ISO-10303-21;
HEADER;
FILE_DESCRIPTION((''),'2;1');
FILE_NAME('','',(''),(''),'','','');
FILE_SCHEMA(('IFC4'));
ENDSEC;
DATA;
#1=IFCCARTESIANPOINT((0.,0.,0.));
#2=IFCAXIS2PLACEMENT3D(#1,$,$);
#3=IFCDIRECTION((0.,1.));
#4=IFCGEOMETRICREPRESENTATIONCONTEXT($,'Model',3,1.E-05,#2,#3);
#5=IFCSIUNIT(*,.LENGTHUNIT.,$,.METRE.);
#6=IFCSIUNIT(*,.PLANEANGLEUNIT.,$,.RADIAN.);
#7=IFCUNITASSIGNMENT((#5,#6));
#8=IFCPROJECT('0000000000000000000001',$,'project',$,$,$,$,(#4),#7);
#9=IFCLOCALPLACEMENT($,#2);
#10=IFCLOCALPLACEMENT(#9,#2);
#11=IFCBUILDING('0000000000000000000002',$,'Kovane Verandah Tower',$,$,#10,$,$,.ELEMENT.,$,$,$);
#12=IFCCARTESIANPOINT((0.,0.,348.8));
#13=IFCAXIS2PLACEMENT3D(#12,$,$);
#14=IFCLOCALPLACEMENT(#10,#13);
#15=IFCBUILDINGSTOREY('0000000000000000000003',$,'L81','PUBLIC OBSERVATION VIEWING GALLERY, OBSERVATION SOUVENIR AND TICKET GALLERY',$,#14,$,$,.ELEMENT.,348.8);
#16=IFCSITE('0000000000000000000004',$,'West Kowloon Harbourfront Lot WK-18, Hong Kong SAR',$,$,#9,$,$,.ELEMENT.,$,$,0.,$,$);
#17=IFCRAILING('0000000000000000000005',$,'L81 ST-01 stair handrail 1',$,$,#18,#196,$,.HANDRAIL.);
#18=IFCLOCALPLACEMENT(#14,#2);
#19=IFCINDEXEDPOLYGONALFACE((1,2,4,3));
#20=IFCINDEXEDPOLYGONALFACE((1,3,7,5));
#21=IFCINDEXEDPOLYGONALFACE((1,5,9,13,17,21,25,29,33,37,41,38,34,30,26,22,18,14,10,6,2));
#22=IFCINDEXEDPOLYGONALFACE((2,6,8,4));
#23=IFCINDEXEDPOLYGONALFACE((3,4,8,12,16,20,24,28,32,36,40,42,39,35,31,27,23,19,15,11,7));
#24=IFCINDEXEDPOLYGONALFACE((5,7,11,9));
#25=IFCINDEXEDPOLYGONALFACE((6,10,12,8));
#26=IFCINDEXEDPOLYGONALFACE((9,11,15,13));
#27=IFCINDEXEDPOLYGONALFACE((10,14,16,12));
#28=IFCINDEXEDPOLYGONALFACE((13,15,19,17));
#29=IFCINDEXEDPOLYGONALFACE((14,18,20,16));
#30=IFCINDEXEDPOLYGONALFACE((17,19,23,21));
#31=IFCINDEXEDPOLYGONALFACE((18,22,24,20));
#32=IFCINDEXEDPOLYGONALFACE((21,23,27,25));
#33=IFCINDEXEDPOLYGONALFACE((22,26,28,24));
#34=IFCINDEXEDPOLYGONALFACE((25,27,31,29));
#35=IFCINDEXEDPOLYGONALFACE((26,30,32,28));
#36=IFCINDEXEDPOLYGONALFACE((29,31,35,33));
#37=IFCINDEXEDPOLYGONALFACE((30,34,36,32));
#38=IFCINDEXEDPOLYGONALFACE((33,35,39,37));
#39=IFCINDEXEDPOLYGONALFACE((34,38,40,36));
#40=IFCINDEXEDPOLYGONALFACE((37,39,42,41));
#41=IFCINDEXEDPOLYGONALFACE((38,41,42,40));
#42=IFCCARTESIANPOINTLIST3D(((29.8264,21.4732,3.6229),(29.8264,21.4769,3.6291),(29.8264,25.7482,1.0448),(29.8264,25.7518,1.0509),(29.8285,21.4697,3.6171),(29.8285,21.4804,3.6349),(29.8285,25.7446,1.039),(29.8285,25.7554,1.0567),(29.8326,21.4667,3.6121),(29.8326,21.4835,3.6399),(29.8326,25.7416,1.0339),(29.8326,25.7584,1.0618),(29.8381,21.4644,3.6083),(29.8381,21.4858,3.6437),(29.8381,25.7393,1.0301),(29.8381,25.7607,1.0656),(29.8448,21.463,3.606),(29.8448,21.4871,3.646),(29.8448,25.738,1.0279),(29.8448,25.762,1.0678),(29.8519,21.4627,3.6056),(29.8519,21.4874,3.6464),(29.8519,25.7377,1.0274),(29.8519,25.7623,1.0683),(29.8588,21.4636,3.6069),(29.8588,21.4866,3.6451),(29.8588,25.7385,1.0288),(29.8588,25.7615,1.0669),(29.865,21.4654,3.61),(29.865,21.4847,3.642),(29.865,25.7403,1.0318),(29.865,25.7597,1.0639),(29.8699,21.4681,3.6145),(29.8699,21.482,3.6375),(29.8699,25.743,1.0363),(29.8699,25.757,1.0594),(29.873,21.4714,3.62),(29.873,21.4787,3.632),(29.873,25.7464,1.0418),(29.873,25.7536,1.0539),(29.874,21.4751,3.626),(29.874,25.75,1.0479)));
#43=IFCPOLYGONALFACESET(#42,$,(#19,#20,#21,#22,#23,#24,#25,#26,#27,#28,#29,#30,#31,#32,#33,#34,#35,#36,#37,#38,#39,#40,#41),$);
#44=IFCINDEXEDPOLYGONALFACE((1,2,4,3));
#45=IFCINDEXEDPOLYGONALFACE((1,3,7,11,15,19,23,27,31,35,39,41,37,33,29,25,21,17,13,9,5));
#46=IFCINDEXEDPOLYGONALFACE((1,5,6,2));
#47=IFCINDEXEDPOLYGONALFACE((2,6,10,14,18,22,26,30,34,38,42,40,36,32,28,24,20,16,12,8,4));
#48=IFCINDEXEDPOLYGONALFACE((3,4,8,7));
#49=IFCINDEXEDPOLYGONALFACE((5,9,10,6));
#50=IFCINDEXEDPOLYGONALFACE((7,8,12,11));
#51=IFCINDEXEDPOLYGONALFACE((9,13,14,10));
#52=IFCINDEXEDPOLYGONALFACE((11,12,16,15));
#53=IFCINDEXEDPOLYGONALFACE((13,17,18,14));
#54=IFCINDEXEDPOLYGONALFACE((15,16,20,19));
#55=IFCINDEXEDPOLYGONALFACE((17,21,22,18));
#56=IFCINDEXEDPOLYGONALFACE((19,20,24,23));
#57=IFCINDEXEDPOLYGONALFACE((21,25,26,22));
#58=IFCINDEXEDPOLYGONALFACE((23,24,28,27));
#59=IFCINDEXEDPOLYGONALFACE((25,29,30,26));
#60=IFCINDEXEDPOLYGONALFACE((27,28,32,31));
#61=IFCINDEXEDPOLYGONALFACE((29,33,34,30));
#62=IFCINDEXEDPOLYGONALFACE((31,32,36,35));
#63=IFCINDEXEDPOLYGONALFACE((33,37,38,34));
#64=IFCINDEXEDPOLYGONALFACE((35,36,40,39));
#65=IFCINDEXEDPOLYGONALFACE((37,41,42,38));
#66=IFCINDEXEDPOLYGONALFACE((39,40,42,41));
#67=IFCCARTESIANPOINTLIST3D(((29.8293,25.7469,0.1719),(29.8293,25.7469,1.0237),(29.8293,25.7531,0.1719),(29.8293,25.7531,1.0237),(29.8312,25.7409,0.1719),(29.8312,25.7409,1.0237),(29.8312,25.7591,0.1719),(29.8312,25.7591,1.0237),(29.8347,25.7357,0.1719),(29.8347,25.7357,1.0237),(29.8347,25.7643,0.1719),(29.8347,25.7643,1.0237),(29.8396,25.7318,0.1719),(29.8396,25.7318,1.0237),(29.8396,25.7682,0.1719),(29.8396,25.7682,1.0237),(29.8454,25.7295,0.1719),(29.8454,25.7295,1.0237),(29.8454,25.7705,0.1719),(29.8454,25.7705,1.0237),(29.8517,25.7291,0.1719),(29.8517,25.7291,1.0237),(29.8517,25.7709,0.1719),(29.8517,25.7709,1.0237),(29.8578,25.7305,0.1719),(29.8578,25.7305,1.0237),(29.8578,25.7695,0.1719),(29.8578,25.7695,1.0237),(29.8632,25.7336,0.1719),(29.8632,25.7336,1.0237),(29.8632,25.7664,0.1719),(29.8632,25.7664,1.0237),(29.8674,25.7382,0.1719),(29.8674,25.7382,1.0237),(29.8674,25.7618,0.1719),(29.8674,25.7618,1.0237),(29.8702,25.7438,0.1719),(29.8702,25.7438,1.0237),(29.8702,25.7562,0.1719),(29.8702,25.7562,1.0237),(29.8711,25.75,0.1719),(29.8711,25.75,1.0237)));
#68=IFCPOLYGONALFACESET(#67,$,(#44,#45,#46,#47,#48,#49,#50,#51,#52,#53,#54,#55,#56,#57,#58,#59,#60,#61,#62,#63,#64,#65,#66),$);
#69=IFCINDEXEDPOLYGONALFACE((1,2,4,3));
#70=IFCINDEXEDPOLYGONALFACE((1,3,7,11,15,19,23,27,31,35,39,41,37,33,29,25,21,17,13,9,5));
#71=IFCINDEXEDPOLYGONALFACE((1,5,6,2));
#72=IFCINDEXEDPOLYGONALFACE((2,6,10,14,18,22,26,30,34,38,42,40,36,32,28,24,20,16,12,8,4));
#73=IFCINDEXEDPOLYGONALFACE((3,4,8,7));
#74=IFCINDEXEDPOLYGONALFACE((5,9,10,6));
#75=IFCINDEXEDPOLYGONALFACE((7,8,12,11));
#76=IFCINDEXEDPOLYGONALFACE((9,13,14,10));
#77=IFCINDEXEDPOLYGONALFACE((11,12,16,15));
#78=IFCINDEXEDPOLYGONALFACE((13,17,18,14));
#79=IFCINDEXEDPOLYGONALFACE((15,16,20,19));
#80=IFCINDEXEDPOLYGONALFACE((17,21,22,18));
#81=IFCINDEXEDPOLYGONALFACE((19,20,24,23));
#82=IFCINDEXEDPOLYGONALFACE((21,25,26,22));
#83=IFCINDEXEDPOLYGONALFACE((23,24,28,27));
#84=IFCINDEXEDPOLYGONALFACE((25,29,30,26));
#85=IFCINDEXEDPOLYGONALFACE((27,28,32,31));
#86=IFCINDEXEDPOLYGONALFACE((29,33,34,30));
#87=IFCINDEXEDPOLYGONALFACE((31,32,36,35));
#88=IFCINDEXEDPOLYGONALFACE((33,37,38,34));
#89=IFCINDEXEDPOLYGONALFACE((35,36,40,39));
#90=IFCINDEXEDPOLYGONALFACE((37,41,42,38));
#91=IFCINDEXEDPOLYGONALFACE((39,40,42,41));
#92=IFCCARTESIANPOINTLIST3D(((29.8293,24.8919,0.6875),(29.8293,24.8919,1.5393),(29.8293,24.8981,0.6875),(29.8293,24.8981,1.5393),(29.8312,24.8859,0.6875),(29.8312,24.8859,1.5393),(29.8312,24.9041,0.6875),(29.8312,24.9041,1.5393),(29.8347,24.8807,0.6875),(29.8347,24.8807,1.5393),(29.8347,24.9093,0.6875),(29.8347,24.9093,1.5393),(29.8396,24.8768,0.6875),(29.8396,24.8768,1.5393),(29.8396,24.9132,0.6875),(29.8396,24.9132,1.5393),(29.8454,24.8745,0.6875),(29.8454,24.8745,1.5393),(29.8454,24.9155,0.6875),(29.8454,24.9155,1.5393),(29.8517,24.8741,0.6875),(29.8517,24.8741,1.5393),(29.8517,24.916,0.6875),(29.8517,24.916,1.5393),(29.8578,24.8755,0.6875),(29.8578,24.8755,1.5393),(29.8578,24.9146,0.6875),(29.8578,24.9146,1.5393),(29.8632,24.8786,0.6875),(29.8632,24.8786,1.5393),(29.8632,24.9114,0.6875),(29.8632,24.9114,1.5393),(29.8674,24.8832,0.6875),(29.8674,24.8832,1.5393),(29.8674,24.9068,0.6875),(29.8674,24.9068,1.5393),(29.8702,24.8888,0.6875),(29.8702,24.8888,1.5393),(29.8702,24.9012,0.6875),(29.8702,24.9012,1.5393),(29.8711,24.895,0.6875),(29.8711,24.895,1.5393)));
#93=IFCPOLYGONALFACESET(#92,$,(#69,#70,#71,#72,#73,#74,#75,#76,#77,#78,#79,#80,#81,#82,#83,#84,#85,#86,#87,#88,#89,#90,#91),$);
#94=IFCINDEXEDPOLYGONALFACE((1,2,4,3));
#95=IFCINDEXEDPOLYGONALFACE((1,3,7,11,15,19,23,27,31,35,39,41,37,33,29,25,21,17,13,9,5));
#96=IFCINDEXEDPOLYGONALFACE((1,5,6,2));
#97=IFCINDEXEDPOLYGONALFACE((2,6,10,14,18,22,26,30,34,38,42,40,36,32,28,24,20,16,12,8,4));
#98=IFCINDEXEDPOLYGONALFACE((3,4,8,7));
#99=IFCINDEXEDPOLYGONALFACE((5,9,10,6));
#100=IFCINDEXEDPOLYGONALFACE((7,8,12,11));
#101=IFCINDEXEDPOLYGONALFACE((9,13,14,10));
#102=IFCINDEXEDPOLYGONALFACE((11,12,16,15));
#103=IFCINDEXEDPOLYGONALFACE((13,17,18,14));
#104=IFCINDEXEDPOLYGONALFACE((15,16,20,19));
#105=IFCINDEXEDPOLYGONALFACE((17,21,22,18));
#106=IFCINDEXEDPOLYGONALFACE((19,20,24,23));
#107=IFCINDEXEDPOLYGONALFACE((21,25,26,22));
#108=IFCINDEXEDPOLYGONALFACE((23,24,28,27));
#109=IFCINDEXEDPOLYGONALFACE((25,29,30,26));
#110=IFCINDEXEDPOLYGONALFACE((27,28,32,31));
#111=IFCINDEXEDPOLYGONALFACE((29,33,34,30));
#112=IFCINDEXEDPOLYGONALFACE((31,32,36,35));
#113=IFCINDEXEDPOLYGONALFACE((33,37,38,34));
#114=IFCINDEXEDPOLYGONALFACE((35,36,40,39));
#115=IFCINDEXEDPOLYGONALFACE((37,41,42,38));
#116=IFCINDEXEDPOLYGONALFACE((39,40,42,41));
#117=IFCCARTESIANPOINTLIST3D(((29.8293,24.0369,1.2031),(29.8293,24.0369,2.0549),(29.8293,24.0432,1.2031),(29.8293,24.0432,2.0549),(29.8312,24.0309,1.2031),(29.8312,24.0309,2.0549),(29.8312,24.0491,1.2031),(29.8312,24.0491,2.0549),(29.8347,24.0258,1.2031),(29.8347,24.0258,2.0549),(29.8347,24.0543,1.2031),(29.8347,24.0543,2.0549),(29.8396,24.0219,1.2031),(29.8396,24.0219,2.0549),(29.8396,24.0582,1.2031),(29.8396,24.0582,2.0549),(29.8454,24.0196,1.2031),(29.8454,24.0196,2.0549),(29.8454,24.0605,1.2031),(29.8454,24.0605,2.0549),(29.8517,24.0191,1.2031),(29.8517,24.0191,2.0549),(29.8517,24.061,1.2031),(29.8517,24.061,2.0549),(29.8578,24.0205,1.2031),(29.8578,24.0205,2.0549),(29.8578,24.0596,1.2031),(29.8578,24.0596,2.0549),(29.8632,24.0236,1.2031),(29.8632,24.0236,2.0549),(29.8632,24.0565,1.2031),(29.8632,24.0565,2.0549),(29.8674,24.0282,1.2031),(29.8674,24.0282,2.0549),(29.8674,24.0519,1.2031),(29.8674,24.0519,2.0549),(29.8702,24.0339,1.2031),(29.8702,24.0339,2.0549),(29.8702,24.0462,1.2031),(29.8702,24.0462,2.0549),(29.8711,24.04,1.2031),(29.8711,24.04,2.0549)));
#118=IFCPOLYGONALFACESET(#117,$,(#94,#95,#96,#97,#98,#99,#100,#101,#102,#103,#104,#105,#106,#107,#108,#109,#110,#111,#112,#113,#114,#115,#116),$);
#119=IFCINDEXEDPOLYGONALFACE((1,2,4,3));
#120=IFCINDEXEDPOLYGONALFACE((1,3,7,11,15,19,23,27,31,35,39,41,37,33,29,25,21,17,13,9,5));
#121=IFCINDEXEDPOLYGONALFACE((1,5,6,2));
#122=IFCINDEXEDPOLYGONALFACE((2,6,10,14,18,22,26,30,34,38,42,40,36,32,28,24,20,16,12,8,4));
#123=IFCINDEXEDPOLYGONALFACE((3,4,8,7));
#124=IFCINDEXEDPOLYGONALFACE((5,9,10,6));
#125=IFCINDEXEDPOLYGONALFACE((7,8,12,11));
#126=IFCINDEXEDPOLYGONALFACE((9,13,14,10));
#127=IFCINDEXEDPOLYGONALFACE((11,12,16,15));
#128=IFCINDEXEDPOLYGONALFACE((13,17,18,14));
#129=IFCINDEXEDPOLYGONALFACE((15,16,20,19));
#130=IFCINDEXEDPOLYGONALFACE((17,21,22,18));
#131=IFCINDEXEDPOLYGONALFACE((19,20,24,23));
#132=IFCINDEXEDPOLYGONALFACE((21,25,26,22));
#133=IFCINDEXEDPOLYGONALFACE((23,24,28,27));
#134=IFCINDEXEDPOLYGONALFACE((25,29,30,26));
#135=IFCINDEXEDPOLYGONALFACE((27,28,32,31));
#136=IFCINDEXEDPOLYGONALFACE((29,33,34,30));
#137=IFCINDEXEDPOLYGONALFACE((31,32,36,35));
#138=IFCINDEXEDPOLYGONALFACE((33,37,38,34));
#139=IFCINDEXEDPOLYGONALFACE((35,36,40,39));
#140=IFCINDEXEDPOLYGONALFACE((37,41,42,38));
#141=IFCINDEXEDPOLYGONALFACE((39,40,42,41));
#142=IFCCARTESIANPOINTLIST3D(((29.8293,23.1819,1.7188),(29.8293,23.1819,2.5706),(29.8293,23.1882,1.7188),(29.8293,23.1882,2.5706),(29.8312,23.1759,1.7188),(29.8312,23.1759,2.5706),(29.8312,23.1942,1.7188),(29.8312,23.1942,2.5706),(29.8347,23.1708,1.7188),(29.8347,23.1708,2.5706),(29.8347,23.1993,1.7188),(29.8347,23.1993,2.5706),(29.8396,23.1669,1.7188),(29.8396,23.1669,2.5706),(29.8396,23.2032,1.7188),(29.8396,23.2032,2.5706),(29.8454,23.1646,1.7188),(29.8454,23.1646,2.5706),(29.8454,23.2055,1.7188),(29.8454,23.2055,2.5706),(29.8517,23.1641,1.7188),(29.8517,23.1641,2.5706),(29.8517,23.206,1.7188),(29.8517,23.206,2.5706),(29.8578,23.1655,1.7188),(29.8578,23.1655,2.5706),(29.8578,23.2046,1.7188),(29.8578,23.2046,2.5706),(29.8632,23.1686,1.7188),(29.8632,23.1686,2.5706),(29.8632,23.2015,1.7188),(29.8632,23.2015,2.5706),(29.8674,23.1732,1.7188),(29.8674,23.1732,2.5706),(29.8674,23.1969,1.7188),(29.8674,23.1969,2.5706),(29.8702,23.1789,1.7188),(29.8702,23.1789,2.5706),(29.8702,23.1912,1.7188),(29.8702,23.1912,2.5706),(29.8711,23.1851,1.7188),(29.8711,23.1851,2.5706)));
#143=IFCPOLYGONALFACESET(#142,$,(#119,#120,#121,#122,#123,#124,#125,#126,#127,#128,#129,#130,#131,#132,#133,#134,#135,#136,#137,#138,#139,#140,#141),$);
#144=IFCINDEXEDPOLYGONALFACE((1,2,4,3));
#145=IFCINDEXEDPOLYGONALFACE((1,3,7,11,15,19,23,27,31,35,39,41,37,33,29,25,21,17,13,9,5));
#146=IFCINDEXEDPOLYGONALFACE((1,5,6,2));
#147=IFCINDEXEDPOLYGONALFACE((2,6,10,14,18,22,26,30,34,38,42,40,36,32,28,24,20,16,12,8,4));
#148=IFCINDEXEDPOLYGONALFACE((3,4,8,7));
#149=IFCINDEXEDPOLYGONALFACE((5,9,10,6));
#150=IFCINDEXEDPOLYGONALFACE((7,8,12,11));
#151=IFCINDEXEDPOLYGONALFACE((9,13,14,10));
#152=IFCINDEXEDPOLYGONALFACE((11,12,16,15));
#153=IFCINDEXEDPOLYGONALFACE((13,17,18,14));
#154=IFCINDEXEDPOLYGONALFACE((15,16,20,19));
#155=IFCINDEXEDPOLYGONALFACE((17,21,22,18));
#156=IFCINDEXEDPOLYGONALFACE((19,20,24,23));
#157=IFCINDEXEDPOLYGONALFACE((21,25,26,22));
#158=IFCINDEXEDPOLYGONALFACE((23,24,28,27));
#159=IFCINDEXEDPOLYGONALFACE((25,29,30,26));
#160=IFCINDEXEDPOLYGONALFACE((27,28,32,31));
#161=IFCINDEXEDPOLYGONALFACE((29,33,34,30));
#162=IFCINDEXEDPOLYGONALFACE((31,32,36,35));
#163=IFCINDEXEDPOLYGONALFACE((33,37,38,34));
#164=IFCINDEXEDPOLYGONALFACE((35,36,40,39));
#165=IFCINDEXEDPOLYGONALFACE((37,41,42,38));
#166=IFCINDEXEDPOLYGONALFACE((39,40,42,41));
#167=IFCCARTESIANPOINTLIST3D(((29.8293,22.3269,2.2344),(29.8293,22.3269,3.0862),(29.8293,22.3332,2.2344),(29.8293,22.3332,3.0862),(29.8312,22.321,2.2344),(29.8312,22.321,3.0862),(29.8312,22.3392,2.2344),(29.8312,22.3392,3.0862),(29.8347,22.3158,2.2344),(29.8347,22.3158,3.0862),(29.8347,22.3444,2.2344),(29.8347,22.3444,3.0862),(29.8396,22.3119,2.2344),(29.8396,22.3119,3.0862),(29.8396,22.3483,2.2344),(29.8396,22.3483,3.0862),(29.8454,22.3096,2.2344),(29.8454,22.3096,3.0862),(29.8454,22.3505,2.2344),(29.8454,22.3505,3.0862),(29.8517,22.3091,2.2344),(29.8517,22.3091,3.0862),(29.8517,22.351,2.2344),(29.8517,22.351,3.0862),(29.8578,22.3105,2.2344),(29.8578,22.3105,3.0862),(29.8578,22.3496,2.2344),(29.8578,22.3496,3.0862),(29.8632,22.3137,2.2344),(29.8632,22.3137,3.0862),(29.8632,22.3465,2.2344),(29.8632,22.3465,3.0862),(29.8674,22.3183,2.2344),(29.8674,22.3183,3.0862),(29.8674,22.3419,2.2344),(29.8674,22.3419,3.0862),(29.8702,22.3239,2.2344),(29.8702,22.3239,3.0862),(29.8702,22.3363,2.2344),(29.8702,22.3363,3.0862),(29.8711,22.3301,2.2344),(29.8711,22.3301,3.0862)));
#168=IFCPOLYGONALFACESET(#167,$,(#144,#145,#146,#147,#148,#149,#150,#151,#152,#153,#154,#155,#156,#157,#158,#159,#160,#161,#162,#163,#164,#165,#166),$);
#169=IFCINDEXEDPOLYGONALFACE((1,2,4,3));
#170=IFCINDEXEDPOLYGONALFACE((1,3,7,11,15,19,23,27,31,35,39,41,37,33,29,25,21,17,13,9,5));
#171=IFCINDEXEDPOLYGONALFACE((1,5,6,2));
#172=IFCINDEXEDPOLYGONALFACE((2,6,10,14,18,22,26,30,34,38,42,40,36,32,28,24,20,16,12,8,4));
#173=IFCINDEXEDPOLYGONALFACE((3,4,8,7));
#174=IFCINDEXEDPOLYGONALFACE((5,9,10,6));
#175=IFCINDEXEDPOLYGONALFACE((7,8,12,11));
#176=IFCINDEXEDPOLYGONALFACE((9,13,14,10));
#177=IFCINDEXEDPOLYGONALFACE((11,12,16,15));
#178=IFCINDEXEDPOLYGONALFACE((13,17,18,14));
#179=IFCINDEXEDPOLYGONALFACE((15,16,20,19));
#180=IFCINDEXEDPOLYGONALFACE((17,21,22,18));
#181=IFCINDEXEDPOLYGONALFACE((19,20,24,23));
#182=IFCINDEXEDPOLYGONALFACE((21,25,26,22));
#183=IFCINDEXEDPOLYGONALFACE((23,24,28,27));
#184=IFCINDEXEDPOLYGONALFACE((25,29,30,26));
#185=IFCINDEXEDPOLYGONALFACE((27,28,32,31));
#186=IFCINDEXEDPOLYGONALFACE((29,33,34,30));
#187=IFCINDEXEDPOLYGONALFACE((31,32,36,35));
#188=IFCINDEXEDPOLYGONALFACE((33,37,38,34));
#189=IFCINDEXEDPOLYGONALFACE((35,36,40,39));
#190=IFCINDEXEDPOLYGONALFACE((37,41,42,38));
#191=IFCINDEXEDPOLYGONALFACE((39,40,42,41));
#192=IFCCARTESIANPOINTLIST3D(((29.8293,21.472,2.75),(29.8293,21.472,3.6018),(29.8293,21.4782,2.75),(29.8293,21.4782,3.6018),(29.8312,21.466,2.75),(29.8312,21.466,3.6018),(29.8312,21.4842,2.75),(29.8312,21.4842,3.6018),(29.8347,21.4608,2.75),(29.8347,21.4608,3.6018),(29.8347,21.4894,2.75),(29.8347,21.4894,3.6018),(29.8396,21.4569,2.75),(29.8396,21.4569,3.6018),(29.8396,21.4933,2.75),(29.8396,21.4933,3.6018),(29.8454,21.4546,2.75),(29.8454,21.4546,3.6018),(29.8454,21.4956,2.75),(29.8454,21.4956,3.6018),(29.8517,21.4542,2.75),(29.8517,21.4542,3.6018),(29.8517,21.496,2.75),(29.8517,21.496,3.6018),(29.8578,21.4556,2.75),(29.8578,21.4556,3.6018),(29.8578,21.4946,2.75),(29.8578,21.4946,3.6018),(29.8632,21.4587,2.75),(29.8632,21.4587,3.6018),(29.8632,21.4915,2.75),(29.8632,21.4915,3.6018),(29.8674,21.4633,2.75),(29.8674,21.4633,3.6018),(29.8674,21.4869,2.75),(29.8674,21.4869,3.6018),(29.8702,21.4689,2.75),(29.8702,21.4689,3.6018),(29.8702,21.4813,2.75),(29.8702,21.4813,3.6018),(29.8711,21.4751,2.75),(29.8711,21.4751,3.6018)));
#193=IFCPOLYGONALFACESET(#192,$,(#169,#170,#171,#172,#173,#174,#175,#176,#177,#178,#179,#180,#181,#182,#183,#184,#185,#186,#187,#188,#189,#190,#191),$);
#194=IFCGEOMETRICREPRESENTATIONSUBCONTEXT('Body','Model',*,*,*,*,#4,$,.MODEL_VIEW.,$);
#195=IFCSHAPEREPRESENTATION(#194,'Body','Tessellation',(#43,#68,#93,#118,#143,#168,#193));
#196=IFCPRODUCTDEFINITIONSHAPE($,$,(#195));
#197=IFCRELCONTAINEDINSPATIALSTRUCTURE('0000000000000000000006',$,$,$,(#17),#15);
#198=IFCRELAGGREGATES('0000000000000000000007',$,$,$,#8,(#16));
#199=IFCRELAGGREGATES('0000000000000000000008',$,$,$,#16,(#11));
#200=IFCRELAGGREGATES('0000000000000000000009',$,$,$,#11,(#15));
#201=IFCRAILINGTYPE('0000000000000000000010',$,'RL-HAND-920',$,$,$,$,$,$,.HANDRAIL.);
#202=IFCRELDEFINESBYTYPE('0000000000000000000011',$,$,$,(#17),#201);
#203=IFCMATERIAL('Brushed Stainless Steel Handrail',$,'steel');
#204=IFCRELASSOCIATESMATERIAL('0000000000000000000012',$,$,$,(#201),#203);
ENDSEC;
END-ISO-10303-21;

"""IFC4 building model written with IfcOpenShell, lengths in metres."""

from ifc_helpers import new_model, si_unit, direction, frame, origin, origin_2d, place, context, subcontext, project, spatial, circle, extrude, material, type_object, element, save


model = new_model("IFC4")

# Units and contexts
model_context = context("Model", 3, precision=1e-05, world=origin(), true_north=direction((0.0, 1.0)))
body_context = subcontext(model_context, "Body", "Model", "MODEL_VIEW")
ifc_project = project(units=[si_unit("LENGTHUNIT", "METRE"), si_unit("PLANEANGLEUNIT", "RADIAN")], contexts=[model_context])

# Site, building, storey
site_placement = place(None, origin())
site = spatial("IfcSite", under=ifc_project, at=site_placement, Name="West Kowloon Harbourfront Lot WK-18, Hong Kong SAR", CompositionType="ELEMENT", RefElevation=0.0)
building_placement = place(site_placement, origin())
building = spatial("IfcBuilding", under=site, at=building_placement, Name="Kovane Verandah Tower", CompositionType="ELEMENT")
storey_placement = place(building_placement, frame((0.0, 0.0, 348.8)))
storey = spatial("IfcBuildingStorey", under=building, at=storey_placement, Name="L81", Description="PUBLIC OBSERVATION VIEWING GALLERY, OBSERVATION SOUVENIR AND TICKET GALLERY", CompositionType="ELEMENT", Elevation=348.8)

# Railing
ifc_material_1 = material(Name="Brushed Stainless Steel Handrail", Category="steel")
railing_type_1 = type_object("IfcRailingType", Name="RL-HAND-920", PredefinedType="HANDRAIL", material=ifc_material_1)
railing_1_placement = place(storey_placement, frame((29.8501, 25.75, 0.1719)))
element("IfcRailing", 1, at=railing_1_placement, inside=storey, type_object=railing_type_1, Name="L81 ST-01 stair handrail 1", PredefinedType="HANDRAIL", context=body_context, shape_type="SweptSolid", body=[
    extrude(circle(Radius=0.0239, at=origin_2d()), frame((0.0, 0.0, 0.876), z_axis=(0.0, -0.856326, 0.516436), x_axis=(1.0, 0.0, 0.0)), (0.0, 0.0, 1.0), 4.9922),
    extrude(circle(Radius=0.021, at=origin_2d()), origin(), (0.0, 0.0, 1.0), 0.8518),
    extrude(circle(Radius=0.021, at=origin_2d()), frame((0.0, -0.855, 0.5156)), (0.0, 0.0, 1.0), 0.8518),
    extrude(circle(Radius=0.021, at=origin_2d()), frame((0.0, -1.71, 1.0312)), (0.0, 0.0, 1.0), 0.8518),
    extrude(circle(Radius=0.021, at=origin_2d()), frame((0.0, -2.5649, 1.5469)), (0.0, 0.0, 1.0), 0.8518),
    extrude(circle(Radius=0.021, at=origin_2d()), frame((0.0, -3.4199, 2.0625)), (0.0, 0.0, 1.0), 0.8518),
    extrude(circle(Radius=0.021, at=origin_2d()), frame((0.0, -4.2749, 2.5781)), (0.0, 0.0, 1.0), 0.8518),
])

save(model, "model.ifc")
